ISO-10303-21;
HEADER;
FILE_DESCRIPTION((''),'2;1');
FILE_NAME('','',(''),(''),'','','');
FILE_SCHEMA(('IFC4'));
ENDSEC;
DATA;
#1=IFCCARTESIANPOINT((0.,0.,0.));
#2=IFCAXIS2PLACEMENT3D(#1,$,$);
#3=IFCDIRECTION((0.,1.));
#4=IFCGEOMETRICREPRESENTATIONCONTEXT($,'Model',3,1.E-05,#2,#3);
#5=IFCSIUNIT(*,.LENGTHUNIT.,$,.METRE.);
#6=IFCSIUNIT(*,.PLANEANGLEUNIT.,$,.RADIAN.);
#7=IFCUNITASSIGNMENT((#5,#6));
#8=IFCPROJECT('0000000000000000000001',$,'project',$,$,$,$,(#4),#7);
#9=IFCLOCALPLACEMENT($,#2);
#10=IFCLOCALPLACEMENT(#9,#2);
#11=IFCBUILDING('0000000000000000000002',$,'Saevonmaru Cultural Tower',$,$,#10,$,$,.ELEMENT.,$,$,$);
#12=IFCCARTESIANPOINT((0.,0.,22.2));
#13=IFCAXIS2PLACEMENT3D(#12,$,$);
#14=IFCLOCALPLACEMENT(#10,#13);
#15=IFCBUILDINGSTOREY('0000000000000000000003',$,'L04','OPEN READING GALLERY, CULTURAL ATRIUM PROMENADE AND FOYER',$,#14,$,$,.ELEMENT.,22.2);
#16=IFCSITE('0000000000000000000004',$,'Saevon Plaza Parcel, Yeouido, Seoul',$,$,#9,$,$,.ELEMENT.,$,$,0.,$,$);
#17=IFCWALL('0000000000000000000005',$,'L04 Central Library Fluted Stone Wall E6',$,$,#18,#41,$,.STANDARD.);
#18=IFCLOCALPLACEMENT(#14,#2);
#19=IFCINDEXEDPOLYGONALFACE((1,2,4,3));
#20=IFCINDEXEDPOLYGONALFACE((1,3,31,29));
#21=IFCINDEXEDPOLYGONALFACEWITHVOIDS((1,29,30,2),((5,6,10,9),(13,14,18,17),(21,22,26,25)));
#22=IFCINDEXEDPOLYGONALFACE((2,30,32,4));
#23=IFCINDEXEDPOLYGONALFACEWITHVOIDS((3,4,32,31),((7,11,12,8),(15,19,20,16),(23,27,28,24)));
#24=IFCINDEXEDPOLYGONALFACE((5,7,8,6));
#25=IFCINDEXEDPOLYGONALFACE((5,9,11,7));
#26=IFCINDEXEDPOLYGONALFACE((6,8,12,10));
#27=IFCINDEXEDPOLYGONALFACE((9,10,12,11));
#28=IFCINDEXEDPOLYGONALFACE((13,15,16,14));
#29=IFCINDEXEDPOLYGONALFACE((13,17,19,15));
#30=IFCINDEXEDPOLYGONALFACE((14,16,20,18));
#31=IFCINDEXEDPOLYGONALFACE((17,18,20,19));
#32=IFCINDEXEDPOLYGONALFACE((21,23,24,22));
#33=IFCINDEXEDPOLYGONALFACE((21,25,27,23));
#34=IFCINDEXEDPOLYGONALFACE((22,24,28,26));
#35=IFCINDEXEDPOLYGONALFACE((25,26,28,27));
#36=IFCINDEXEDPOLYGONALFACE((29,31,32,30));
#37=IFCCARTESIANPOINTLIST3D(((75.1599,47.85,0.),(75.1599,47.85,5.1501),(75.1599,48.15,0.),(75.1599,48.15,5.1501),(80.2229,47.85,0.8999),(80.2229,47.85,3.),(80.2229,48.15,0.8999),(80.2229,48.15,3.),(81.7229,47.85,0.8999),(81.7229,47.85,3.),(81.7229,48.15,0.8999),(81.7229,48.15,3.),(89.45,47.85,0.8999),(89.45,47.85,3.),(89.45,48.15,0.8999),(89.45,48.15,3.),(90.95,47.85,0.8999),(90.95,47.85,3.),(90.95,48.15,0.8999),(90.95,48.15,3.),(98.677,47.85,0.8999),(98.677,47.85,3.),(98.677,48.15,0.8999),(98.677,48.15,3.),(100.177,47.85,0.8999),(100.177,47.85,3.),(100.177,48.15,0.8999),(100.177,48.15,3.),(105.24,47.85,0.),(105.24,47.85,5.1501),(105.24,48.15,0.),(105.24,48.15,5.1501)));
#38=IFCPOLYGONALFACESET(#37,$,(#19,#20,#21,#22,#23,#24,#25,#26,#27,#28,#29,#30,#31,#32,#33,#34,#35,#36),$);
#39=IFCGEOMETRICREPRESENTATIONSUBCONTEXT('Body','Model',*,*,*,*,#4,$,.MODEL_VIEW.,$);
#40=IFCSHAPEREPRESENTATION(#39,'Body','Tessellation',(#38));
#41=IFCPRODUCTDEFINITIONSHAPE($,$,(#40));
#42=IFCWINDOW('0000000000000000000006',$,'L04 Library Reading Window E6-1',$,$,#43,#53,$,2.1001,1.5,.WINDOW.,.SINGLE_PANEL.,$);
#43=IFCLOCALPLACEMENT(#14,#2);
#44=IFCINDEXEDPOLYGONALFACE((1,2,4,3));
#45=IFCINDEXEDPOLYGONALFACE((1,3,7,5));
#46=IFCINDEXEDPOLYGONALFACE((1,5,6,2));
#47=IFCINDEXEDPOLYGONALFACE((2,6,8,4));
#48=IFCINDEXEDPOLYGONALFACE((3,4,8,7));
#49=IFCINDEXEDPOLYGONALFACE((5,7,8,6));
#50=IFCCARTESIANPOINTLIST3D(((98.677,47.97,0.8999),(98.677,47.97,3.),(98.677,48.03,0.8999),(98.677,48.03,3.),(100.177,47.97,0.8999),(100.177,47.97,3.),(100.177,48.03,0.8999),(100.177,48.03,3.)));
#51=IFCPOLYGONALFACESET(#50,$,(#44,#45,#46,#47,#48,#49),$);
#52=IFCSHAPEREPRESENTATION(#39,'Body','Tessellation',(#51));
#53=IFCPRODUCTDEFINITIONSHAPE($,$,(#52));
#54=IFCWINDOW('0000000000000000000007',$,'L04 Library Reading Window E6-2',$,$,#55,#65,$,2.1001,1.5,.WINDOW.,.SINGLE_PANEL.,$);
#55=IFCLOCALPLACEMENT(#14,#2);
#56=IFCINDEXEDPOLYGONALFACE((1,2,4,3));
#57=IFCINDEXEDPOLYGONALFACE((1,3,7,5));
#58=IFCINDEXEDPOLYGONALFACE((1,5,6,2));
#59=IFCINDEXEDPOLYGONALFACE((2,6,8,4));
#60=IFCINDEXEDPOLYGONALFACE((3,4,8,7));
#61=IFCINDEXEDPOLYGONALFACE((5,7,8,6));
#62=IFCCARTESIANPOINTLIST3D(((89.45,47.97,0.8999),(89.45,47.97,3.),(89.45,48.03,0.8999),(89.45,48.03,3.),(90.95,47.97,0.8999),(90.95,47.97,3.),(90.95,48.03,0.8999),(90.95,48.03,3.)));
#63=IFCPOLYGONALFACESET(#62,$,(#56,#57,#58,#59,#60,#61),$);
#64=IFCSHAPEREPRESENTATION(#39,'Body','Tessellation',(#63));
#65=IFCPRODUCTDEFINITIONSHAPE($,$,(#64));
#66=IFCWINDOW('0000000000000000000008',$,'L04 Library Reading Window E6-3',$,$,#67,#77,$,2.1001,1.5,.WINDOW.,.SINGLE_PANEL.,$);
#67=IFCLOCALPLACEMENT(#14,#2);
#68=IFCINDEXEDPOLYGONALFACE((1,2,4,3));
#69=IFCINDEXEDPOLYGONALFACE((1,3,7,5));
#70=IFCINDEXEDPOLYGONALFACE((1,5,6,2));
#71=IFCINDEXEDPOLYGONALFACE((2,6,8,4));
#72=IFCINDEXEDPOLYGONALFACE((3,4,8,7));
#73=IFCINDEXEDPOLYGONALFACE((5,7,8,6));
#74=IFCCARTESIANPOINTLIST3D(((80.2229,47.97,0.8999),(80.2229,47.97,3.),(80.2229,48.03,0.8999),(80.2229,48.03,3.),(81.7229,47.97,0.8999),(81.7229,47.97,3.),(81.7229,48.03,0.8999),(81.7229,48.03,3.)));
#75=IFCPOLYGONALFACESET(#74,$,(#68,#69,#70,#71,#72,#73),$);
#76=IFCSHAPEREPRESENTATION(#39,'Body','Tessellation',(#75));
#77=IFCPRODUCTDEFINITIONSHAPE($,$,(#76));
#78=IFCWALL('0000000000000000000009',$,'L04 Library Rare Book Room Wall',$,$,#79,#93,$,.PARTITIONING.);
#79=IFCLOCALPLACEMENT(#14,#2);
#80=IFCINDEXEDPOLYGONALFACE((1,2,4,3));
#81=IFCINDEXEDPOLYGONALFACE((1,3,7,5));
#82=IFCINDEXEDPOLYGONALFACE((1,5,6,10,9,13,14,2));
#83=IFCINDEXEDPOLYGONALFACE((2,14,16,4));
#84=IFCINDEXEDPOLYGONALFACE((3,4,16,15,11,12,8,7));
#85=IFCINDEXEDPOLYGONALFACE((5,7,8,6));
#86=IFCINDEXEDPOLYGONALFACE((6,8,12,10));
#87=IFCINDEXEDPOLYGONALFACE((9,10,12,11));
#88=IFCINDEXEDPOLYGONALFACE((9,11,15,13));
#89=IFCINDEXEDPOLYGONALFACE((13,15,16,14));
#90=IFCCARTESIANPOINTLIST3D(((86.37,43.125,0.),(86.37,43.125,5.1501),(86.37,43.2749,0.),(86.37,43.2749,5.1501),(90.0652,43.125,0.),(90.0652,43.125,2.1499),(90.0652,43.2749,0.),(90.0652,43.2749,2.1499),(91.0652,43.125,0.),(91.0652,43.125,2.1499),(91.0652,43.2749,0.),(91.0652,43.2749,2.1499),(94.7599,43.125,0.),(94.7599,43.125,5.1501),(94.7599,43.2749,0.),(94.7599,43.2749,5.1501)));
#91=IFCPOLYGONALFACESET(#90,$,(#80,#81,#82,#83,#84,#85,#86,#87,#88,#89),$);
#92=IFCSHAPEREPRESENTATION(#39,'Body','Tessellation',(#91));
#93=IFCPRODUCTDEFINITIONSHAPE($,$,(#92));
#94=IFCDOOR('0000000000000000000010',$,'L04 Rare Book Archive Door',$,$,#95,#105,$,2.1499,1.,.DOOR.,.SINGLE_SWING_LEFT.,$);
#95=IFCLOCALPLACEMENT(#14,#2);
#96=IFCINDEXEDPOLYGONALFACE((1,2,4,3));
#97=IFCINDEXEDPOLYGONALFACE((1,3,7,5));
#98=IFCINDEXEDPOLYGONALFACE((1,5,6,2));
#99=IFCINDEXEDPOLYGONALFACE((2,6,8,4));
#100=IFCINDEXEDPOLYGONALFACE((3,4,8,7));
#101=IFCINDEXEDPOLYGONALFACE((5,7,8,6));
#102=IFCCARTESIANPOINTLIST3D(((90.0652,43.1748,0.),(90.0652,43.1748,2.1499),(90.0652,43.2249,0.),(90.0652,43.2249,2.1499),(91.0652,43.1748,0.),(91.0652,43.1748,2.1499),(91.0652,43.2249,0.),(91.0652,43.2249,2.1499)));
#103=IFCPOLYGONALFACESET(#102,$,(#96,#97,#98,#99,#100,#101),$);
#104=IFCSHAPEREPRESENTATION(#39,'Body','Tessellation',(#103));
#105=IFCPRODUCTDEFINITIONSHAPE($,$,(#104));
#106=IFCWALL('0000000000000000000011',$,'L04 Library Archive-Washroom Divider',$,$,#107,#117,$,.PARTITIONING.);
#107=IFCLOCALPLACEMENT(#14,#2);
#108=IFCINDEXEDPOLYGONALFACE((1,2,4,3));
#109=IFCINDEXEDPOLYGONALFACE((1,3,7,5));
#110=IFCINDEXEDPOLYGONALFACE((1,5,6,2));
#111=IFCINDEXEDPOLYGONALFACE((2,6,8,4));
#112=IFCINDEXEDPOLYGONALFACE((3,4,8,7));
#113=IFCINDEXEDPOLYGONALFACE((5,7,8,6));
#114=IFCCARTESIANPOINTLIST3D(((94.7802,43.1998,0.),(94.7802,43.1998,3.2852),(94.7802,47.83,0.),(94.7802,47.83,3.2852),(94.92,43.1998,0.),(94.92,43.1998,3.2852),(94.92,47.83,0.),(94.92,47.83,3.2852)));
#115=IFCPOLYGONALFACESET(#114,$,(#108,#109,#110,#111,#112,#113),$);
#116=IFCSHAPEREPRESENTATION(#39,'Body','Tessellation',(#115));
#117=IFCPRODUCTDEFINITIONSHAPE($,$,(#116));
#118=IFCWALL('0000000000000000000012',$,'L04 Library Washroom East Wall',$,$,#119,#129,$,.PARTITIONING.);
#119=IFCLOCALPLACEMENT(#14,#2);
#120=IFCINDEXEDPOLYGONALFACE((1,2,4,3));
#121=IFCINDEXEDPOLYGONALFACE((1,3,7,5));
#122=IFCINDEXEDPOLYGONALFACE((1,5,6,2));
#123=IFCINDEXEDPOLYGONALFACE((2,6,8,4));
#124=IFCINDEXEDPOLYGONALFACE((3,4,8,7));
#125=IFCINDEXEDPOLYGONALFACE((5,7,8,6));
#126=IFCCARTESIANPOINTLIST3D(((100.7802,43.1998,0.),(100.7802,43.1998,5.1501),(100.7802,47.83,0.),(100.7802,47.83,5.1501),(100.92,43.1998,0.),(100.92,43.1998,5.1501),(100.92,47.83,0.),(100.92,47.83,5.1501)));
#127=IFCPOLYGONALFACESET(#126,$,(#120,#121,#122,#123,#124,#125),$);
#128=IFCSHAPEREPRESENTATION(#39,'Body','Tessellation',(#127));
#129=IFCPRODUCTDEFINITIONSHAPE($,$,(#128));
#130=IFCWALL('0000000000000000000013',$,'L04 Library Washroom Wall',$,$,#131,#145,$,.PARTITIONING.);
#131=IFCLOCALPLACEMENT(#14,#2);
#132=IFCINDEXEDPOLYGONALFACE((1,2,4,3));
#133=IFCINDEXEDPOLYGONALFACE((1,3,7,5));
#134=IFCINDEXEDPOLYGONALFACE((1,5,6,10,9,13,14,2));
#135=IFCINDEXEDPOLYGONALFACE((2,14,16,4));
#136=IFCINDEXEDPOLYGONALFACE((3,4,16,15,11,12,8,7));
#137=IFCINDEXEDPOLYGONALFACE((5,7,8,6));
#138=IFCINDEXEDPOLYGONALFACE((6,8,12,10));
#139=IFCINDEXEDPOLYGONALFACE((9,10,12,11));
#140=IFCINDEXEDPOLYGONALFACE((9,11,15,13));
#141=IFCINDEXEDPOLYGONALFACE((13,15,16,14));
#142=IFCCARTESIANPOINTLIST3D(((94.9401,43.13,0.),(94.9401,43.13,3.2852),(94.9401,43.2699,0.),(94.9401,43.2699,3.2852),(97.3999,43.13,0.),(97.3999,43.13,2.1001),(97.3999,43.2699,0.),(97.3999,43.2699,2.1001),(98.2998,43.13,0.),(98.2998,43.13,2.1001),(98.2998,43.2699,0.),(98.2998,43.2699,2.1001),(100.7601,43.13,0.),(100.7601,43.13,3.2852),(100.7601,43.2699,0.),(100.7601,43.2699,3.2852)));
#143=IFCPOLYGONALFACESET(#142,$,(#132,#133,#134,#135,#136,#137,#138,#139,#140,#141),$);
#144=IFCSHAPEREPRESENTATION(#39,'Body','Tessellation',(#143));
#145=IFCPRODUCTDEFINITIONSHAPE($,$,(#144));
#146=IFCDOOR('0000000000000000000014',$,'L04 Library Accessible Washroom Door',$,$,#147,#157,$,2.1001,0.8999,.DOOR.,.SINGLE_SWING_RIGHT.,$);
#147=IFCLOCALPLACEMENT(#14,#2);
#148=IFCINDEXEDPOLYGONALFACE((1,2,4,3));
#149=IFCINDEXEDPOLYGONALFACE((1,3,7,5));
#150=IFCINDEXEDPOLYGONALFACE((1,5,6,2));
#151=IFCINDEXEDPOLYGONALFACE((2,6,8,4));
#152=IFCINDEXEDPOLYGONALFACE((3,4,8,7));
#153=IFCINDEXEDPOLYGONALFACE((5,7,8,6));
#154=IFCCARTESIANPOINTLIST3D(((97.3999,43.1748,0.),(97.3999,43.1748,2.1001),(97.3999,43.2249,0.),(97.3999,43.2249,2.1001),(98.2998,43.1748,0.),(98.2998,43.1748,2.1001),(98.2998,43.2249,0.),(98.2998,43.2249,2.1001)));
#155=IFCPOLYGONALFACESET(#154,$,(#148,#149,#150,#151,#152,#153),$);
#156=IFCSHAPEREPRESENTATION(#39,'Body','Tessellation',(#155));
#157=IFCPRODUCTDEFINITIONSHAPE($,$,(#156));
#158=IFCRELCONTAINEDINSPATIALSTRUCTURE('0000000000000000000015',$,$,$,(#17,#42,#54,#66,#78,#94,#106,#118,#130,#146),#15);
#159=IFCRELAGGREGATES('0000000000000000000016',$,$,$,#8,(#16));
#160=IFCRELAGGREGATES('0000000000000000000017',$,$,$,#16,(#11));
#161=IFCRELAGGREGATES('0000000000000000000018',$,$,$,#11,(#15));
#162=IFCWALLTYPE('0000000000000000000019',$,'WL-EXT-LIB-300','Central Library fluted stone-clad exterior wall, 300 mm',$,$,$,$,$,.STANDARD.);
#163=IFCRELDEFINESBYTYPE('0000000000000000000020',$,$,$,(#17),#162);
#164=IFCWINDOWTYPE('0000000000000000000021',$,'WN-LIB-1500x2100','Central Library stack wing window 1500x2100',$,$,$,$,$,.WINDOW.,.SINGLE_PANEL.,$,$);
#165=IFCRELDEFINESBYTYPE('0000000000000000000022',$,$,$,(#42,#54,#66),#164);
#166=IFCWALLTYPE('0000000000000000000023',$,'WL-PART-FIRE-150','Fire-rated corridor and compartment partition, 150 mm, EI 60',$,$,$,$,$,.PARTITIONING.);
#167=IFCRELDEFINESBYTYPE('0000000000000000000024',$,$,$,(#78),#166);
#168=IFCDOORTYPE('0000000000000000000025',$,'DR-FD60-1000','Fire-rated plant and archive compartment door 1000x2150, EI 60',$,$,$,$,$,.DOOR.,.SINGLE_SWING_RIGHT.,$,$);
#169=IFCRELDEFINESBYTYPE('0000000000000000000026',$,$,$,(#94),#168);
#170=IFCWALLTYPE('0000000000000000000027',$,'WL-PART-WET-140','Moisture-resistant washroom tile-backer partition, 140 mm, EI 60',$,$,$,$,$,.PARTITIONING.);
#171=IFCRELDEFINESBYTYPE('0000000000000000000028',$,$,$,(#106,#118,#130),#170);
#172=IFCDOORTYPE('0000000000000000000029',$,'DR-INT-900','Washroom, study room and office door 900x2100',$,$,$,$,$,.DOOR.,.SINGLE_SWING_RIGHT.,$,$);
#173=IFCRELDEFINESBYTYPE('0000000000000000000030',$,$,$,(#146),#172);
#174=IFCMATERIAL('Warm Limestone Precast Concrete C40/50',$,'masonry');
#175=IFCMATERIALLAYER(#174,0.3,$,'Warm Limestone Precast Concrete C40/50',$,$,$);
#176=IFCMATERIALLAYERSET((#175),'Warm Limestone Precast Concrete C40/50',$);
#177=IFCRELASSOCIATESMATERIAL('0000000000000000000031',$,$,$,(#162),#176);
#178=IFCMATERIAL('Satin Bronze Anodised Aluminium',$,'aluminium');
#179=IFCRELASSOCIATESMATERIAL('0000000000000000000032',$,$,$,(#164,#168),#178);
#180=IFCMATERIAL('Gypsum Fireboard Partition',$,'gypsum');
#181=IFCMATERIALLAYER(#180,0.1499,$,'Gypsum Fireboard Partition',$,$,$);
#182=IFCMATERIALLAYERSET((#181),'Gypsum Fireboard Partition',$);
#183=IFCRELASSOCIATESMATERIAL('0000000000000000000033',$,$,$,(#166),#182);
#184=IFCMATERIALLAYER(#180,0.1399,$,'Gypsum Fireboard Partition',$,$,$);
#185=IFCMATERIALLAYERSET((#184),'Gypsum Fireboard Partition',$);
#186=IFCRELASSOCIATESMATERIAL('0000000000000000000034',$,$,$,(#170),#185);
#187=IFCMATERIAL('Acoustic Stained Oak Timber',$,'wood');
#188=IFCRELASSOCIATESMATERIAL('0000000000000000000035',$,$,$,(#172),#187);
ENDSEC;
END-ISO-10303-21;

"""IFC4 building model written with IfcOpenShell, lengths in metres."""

from ifc_helpers import new_model, si_unit, direction, frame, frame_2d, origin, place, context, subcontext, project, spatial, rectangle, extrude, material, layer, layer_set, type_object, element, fill, save


model = new_model("IFC4")

# Units and contexts
model_context = context("Model", 3, precision=1e-05, world=origin(), true_north=direction((0.0, 1.0)))
body_context = subcontext(model_context, "Body", "Model", "MODEL_VIEW")
ifc_project = project(units=[si_unit("LENGTHUNIT", "METRE"), si_unit("PLANEANGLEUNIT", "RADIAN")], contexts=[model_context])

# Site, building, storey
site_placement = place(None, origin())
site = spatial("IfcSite", under=ifc_project, at=site_placement, Name="Saevon Plaza Parcel, Yeouido, Seoul", CompositionType="ELEMENT", RefElevation=0.0)
building_placement = place(site_placement, origin())
building = spatial("IfcBuilding", under=site, at=building_placement, Name="Saevonmaru Cultural Tower", CompositionType="ELEMENT")
storey_placement = place(building_placement, frame((0.0, 0.0, 22.2)))
storey = spatial("IfcBuildingStorey", under=building, at=storey_placement, Name="L04", Description="OPEN READING GALLERY, CULTURAL ATRIUM PROMENADE AND FOYER", CompositionType="ELEMENT", Elevation=22.2)

# Shared definitions
ifc_material_1 = material(Name="Warm Limestone Precast Concrete C40/50", Category="masonry")
ifc_layer_1 = layer(ifc_material_1, 0.3, Name="Warm Limestone Precast Concrete C40/50")
ifc_layer_set_1 = layer_set([ifc_layer_1], Name="Warm Limestone Precast Concrete C40/50")
wall_type_1 = type_object("IfcWallType", Name="WL-EXT-LIB-300", Description="Central Library fluted stone-clad exterior wall, 300 mm", PredefinedType="STANDARD", material=ifc_layer_set_1)

# Wall, openings, windows
wall_1_placement = place(storey_placement, frame((105.24, 48.0, 0.0), z_axis=(0.0, 0.0, 1.0), x_axis=(-1.0, 0.0, 0.0)))
wall_1 = element("IfcWall", 1, at=wall_1_placement, inside=storey, type_object=wall_type_1, Name="L04 Central Library Fluted Stone Wall E6", PredefinedType="STANDARD", context=body_context, shape_type="SweptSolid", body=[
    extrude(rectangle(XDim=30.0801, YDim=0.3, at=frame_2d((15.04, 0.0))), origin(), (0.0, 0.0, 1.0), 5.1501),
])
opening_1_placement = place(wall_1_placement, frame((5.063, 0.0, 0.8999)))
opening_1 = element("IfcOpeningElement", 2, at=opening_1_placement, cuts=wall_1, PredefinedType="OPENING", context=body_context, shape_type="SweptSolid", body=[
    extrude(rectangle(XDim=1.5, YDim=2.1001, at=frame_2d((0.75, 1.05))), frame((0.0, 0.1602, 0.0), z_axis=(0.0, -1.0, 0.0), x_axis=(1.0, 0.0, 0.0)), (0.0, 0.0, 1.0), 0.3201),
])
opening_2_placement = place(wall_1_placement, frame((14.29, 0.0, 0.8999)))
opening_2 = element("IfcOpeningElement", 3, at=opening_2_placement, cuts=wall_1, PredefinedType="OPENING", context=body_context, shape_type="SweptSolid", body=[
    extrude(rectangle(XDim=1.5, YDim=2.1001, at=frame_2d((0.75, 1.05))), frame((0.0, 0.1602, 0.0), z_axis=(0.0, -1.0, 0.0), x_axis=(1.0, 0.0, 0.0)), (0.0, 0.0, 1.0), 0.3201),
])
opening_3_placement = place(wall_1_placement, frame((23.5171, 0.0, 0.8999)))
opening_3 = element("IfcOpeningElement", 4, at=opening_3_placement, cuts=wall_1, PredefinedType="OPENING", context=body_context, shape_type="SweptSolid", body=[
    extrude(rectangle(XDim=1.5, YDim=2.1001, at=frame_2d((0.75, 1.05))), frame((0.0, 0.1602, 0.0), z_axis=(0.0, -1.0, 0.0), x_axis=(1.0, 0.0, 0.0)), (0.0, 0.0, 1.0), 0.3201),
])
ifc_material_2 = material(Name="Satin Bronze Anodised Aluminium", Category="aluminium")
window_type = type_object("IfcWindowType", Name="WN-LIB-1500x2100", Description="Central Library stack wing window 1500x2100", PartitioningType="SINGLE_PANEL", PredefinedType="WINDOW", material=ifc_material_2)
window_1_placement = place(opening_1_placement, origin())
window_1 = element("IfcWindow", 5, at=window_1_placement, inside=storey, type_object=window_type, Name="L04 Library Reading Window E6-1", OverallHeight=2.1001, OverallWidth=1.5, PartitioningType="SINGLE_PANEL", PredefinedType="WINDOW", context=body_context, shape_type="SweptSolid", body=[
    extrude(rectangle(XDim=1.5, YDim=2.1001, at=frame_2d((0.75, 1.05))), frame((0.0, 0.03, 0.0), z_axis=(0.0, -1.0, 0.0), x_axis=(1.0, 0.0, 0.0)), (0.0, 0.0, 1.0), 0.0601),
])
fill(opening_1, window_1)
window_2_placement = place(opening_2_placement, origin())
window_2 = element("IfcWindow", 6, at=window_2_placement, inside=storey, type_object=window_type, Name="L04 Library Reading Window E6-2", OverallHeight=2.1001, OverallWidth=1.5, PartitioningType="SINGLE_PANEL", PredefinedType="WINDOW", context=body_context, shape_type="SweptSolid", body=[
    extrude(rectangle(XDim=1.5, YDim=2.1001, at=frame_2d((0.75, 1.05))), frame((0.0, 0.03, 0.0), z_axis=(0.0, -1.0, 0.0), x_axis=(1.0, 0.0, 0.0)), (0.0, 0.0, 1.0), 0.0601),
])
fill(opening_2, window_2)
window_3_placement = place(opening_3_placement, origin())
window_3 = element("IfcWindow", 7, at=window_3_placement, inside=storey, type_object=window_type, Name="L04 Library Reading Window E6-3", OverallHeight=2.1001, OverallWidth=1.5, PartitioningType="SINGLE_PANEL", PredefinedType="WINDOW", context=body_context, shape_type="SweptSolid", body=[
    extrude(rectangle(XDim=1.5, YDim=2.1001, at=frame_2d((0.75, 1.05))), frame((0.0, 0.03, 0.0), z_axis=(0.0, -1.0, 0.0), x_axis=(1.0, 0.0, 0.0)), (0.0, 0.0, 1.0), 0.0601),
])
fill(opening_3, window_3)

# Wall, opening, door
ifc_material_3 = material(Name="Gypsum Fireboard Partition", Category="gypsum")
ifc_layer_2 = layer(ifc_material_3, 0.1499, Name="Gypsum Fireboard Partition")
ifc_layer_set_2 = layer_set([ifc_layer_2], Name="Gypsum Fireboard Partition")
wall_type_2 = type_object("IfcWallType", Name="WL-PART-FIRE-150", Description="Fire-rated corridor and compartment partition, 150 mm, EI 60", PredefinedType="PARTITIONING", material=ifc_layer_set_2)
wall_2_placement = place(storey_placement, frame((86.3701, 43.2, 0.0), z_axis=(0.0, 0.0, 1.0), x_axis=(1.0, 0.0, 0.0)))
wall_2 = element("IfcWall", 8, at=wall_2_placement, inside=storey, type_object=wall_type_2, Name="L04 Library Rare Book Room Wall", PredefinedType="PARTITIONING", context=body_context, shape_type="SweptSolid", body=[
    extrude(rectangle(XDim=8.3899, YDim=0.1499, at=frame_2d((4.1948, 0.0))), origin(), (0.0, 0.0, 1.0), 5.1501),
])
opening_4_placement = place(wall_2_placement, frame((3.6951, 0.0, 0.0)))
opening_4 = element("IfcOpeningElement", 9, at=opening_4_placement, cuts=wall_2, PredefinedType="OPENING", context=body_context, shape_type="SweptSolid", body=[
    extrude(rectangle(XDim=1.0, YDim=2.1499, at=frame_2d((0.5, 1.075))), frame((0.0, 0.085, 0.0), z_axis=(0.0, -1.0, 0.0), x_axis=(1.0, 0.0, 0.0)), (0.0, 0.0, 1.0), 0.1699),
])
door_type_1 = type_object("IfcDoorType", Name="DR-FD60-1000", Description="Fire-rated plant and archive compartment door 1000x2150, EI 60", OperationType="SINGLE_SWING_RIGHT", PredefinedType="DOOR", material=ifc_material_2)
door_1_placement = place(opening_4_placement, origin())
door_1 = element("IfcDoor", 10, at=door_1_placement, inside=storey, type_object=door_type_1, Name="L04 Rare Book Archive Door", OperationType="SINGLE_SWING_LEFT", OverallHeight=2.1499, OverallWidth=1.0, PredefinedType="DOOR", context=body_context, shape_type="SweptSolid", body=[
    extrude(rectangle(XDim=1.0, YDim=2.1499, at=frame_2d((0.5, 1.075))), frame((0.0, 0.0249, 0.0), z_axis=(0.0, -1.0, 0.0), x_axis=(1.0, 0.0, 0.0)), (0.0, 0.0, 1.0), 0.05),
])
fill(opening_4, door_1)

# Walls
ifc_layer_3 = layer(ifc_material_3, 0.1399, Name="Gypsum Fireboard Partition")
ifc_layer_set_3 = layer_set([ifc_layer_3], Name="Gypsum Fireboard Partition")
wall_type_3 = type_object("IfcWallType", Name="WL-PART-WET-140", Description="Moisture-resistant washroom tile-backer partition, 140 mm, EI 60", PredefinedType="PARTITIONING", material=ifc_layer_set_3)
wall_3_placement = place(storey_placement, frame((94.8501, 43.2, 0.0), z_axis=(0.0, 0.0, 1.0), x_axis=(0.0, 1.0, 0.0)))
element("IfcWall", 11, at=wall_3_placement, inside=storey, type_object=wall_type_3, Name="L04 Library Archive-Washroom Divider", PredefinedType="PARTITIONING", context=body_context, shape_type="SweptSolid", body=[
    extrude(rectangle(XDim=4.6301, YDim=0.1399, at=frame_2d((2.3149, 0.0))), origin(), (0.0, 0.0, 1.0), 3.2852),
])
wall_4_placement = place(storey_placement, frame((100.8501, 43.2, 0.0), z_axis=(0.0, 0.0, 1.0), x_axis=(0.0, 1.0, 0.0)))
element("IfcWall", 12, at=wall_4_placement, inside=storey, type_object=wall_type_3, Name="L04 Library Washroom East Wall", PredefinedType="PARTITIONING", context=body_context, shape_type="SweptSolid", body=[
    extrude(rectangle(XDim=4.6301, YDim=0.1399, at=frame_2d((2.3149, 0.0))), origin(), (0.0, 0.0, 1.0), 5.1501),
])

# Wall, opening, door
wall_5_placement = place(storey_placement, frame((94.9399, 43.2, 0.0), z_axis=(0.0, 0.0, 1.0), x_axis=(1.0, 0.0, 0.0)))
wall_5 = element("IfcWall", 13, at=wall_5_placement, inside=storey, type_object=wall_type_3, Name="L04 Library Washroom Wall", PredefinedType="PARTITIONING", context=body_context, shape_type="SweptSolid", body=[
    extrude(rectangle(XDim=5.8201, YDim=0.1399, at=frame_2d((2.9102, 0.0))), origin(), (0.0, 0.0, 1.0), 3.2852),
])
opening_5_placement = place(wall_5_placement, frame((2.46, 0.0, 0.0)))
opening_5 = element("IfcOpeningElement", 14, at=opening_5_placement, cuts=wall_5, PredefinedType="OPENING", context=body_context, shape_type="SweptSolid", body=[
    extrude(rectangle(XDim=0.8999, YDim=2.1001, at=frame_2d((0.45, 1.05))), frame((0.0, 0.0801, 0.0), z_axis=(0.0, -1.0, 0.0), x_axis=(1.0, 0.0, 0.0)), (0.0, 0.0, 1.0), 0.1599),
])
ifc_material_4 = material(Name="Acoustic Stained Oak Timber", Category="wood")
door_type_2 = type_object("IfcDoorType", Name="DR-INT-900", Description="Washroom, study room and office door 900x2100", OperationType="SINGLE_SWING_RIGHT", PredefinedType="DOOR", material=ifc_material_4)
door_2_placement = place(opening_5_placement, origin())
door_2 = element("IfcDoor", 15, at=door_2_placement, inside=storey, type_object=door_type_2, Name="L04 Library Accessible Washroom Door", OperationType="SINGLE_SWING_RIGHT", OverallHeight=2.1001, OverallWidth=0.8999, PredefinedType="DOOR", context=body_context, shape_type="SweptSolid", body=[
    extrude(rectangle(XDim=0.8999, YDim=2.1001, at=frame_2d((0.45, 1.05))), frame((0.0, 0.0249, 0.0), z_axis=(0.0, -1.0, 0.0), x_axis=(1.0, 0.0, 0.0)), (0.0, 0.0, 1.0), 0.05),
])
fill(opening_5, door_2)

save(model, "model.ifc")
